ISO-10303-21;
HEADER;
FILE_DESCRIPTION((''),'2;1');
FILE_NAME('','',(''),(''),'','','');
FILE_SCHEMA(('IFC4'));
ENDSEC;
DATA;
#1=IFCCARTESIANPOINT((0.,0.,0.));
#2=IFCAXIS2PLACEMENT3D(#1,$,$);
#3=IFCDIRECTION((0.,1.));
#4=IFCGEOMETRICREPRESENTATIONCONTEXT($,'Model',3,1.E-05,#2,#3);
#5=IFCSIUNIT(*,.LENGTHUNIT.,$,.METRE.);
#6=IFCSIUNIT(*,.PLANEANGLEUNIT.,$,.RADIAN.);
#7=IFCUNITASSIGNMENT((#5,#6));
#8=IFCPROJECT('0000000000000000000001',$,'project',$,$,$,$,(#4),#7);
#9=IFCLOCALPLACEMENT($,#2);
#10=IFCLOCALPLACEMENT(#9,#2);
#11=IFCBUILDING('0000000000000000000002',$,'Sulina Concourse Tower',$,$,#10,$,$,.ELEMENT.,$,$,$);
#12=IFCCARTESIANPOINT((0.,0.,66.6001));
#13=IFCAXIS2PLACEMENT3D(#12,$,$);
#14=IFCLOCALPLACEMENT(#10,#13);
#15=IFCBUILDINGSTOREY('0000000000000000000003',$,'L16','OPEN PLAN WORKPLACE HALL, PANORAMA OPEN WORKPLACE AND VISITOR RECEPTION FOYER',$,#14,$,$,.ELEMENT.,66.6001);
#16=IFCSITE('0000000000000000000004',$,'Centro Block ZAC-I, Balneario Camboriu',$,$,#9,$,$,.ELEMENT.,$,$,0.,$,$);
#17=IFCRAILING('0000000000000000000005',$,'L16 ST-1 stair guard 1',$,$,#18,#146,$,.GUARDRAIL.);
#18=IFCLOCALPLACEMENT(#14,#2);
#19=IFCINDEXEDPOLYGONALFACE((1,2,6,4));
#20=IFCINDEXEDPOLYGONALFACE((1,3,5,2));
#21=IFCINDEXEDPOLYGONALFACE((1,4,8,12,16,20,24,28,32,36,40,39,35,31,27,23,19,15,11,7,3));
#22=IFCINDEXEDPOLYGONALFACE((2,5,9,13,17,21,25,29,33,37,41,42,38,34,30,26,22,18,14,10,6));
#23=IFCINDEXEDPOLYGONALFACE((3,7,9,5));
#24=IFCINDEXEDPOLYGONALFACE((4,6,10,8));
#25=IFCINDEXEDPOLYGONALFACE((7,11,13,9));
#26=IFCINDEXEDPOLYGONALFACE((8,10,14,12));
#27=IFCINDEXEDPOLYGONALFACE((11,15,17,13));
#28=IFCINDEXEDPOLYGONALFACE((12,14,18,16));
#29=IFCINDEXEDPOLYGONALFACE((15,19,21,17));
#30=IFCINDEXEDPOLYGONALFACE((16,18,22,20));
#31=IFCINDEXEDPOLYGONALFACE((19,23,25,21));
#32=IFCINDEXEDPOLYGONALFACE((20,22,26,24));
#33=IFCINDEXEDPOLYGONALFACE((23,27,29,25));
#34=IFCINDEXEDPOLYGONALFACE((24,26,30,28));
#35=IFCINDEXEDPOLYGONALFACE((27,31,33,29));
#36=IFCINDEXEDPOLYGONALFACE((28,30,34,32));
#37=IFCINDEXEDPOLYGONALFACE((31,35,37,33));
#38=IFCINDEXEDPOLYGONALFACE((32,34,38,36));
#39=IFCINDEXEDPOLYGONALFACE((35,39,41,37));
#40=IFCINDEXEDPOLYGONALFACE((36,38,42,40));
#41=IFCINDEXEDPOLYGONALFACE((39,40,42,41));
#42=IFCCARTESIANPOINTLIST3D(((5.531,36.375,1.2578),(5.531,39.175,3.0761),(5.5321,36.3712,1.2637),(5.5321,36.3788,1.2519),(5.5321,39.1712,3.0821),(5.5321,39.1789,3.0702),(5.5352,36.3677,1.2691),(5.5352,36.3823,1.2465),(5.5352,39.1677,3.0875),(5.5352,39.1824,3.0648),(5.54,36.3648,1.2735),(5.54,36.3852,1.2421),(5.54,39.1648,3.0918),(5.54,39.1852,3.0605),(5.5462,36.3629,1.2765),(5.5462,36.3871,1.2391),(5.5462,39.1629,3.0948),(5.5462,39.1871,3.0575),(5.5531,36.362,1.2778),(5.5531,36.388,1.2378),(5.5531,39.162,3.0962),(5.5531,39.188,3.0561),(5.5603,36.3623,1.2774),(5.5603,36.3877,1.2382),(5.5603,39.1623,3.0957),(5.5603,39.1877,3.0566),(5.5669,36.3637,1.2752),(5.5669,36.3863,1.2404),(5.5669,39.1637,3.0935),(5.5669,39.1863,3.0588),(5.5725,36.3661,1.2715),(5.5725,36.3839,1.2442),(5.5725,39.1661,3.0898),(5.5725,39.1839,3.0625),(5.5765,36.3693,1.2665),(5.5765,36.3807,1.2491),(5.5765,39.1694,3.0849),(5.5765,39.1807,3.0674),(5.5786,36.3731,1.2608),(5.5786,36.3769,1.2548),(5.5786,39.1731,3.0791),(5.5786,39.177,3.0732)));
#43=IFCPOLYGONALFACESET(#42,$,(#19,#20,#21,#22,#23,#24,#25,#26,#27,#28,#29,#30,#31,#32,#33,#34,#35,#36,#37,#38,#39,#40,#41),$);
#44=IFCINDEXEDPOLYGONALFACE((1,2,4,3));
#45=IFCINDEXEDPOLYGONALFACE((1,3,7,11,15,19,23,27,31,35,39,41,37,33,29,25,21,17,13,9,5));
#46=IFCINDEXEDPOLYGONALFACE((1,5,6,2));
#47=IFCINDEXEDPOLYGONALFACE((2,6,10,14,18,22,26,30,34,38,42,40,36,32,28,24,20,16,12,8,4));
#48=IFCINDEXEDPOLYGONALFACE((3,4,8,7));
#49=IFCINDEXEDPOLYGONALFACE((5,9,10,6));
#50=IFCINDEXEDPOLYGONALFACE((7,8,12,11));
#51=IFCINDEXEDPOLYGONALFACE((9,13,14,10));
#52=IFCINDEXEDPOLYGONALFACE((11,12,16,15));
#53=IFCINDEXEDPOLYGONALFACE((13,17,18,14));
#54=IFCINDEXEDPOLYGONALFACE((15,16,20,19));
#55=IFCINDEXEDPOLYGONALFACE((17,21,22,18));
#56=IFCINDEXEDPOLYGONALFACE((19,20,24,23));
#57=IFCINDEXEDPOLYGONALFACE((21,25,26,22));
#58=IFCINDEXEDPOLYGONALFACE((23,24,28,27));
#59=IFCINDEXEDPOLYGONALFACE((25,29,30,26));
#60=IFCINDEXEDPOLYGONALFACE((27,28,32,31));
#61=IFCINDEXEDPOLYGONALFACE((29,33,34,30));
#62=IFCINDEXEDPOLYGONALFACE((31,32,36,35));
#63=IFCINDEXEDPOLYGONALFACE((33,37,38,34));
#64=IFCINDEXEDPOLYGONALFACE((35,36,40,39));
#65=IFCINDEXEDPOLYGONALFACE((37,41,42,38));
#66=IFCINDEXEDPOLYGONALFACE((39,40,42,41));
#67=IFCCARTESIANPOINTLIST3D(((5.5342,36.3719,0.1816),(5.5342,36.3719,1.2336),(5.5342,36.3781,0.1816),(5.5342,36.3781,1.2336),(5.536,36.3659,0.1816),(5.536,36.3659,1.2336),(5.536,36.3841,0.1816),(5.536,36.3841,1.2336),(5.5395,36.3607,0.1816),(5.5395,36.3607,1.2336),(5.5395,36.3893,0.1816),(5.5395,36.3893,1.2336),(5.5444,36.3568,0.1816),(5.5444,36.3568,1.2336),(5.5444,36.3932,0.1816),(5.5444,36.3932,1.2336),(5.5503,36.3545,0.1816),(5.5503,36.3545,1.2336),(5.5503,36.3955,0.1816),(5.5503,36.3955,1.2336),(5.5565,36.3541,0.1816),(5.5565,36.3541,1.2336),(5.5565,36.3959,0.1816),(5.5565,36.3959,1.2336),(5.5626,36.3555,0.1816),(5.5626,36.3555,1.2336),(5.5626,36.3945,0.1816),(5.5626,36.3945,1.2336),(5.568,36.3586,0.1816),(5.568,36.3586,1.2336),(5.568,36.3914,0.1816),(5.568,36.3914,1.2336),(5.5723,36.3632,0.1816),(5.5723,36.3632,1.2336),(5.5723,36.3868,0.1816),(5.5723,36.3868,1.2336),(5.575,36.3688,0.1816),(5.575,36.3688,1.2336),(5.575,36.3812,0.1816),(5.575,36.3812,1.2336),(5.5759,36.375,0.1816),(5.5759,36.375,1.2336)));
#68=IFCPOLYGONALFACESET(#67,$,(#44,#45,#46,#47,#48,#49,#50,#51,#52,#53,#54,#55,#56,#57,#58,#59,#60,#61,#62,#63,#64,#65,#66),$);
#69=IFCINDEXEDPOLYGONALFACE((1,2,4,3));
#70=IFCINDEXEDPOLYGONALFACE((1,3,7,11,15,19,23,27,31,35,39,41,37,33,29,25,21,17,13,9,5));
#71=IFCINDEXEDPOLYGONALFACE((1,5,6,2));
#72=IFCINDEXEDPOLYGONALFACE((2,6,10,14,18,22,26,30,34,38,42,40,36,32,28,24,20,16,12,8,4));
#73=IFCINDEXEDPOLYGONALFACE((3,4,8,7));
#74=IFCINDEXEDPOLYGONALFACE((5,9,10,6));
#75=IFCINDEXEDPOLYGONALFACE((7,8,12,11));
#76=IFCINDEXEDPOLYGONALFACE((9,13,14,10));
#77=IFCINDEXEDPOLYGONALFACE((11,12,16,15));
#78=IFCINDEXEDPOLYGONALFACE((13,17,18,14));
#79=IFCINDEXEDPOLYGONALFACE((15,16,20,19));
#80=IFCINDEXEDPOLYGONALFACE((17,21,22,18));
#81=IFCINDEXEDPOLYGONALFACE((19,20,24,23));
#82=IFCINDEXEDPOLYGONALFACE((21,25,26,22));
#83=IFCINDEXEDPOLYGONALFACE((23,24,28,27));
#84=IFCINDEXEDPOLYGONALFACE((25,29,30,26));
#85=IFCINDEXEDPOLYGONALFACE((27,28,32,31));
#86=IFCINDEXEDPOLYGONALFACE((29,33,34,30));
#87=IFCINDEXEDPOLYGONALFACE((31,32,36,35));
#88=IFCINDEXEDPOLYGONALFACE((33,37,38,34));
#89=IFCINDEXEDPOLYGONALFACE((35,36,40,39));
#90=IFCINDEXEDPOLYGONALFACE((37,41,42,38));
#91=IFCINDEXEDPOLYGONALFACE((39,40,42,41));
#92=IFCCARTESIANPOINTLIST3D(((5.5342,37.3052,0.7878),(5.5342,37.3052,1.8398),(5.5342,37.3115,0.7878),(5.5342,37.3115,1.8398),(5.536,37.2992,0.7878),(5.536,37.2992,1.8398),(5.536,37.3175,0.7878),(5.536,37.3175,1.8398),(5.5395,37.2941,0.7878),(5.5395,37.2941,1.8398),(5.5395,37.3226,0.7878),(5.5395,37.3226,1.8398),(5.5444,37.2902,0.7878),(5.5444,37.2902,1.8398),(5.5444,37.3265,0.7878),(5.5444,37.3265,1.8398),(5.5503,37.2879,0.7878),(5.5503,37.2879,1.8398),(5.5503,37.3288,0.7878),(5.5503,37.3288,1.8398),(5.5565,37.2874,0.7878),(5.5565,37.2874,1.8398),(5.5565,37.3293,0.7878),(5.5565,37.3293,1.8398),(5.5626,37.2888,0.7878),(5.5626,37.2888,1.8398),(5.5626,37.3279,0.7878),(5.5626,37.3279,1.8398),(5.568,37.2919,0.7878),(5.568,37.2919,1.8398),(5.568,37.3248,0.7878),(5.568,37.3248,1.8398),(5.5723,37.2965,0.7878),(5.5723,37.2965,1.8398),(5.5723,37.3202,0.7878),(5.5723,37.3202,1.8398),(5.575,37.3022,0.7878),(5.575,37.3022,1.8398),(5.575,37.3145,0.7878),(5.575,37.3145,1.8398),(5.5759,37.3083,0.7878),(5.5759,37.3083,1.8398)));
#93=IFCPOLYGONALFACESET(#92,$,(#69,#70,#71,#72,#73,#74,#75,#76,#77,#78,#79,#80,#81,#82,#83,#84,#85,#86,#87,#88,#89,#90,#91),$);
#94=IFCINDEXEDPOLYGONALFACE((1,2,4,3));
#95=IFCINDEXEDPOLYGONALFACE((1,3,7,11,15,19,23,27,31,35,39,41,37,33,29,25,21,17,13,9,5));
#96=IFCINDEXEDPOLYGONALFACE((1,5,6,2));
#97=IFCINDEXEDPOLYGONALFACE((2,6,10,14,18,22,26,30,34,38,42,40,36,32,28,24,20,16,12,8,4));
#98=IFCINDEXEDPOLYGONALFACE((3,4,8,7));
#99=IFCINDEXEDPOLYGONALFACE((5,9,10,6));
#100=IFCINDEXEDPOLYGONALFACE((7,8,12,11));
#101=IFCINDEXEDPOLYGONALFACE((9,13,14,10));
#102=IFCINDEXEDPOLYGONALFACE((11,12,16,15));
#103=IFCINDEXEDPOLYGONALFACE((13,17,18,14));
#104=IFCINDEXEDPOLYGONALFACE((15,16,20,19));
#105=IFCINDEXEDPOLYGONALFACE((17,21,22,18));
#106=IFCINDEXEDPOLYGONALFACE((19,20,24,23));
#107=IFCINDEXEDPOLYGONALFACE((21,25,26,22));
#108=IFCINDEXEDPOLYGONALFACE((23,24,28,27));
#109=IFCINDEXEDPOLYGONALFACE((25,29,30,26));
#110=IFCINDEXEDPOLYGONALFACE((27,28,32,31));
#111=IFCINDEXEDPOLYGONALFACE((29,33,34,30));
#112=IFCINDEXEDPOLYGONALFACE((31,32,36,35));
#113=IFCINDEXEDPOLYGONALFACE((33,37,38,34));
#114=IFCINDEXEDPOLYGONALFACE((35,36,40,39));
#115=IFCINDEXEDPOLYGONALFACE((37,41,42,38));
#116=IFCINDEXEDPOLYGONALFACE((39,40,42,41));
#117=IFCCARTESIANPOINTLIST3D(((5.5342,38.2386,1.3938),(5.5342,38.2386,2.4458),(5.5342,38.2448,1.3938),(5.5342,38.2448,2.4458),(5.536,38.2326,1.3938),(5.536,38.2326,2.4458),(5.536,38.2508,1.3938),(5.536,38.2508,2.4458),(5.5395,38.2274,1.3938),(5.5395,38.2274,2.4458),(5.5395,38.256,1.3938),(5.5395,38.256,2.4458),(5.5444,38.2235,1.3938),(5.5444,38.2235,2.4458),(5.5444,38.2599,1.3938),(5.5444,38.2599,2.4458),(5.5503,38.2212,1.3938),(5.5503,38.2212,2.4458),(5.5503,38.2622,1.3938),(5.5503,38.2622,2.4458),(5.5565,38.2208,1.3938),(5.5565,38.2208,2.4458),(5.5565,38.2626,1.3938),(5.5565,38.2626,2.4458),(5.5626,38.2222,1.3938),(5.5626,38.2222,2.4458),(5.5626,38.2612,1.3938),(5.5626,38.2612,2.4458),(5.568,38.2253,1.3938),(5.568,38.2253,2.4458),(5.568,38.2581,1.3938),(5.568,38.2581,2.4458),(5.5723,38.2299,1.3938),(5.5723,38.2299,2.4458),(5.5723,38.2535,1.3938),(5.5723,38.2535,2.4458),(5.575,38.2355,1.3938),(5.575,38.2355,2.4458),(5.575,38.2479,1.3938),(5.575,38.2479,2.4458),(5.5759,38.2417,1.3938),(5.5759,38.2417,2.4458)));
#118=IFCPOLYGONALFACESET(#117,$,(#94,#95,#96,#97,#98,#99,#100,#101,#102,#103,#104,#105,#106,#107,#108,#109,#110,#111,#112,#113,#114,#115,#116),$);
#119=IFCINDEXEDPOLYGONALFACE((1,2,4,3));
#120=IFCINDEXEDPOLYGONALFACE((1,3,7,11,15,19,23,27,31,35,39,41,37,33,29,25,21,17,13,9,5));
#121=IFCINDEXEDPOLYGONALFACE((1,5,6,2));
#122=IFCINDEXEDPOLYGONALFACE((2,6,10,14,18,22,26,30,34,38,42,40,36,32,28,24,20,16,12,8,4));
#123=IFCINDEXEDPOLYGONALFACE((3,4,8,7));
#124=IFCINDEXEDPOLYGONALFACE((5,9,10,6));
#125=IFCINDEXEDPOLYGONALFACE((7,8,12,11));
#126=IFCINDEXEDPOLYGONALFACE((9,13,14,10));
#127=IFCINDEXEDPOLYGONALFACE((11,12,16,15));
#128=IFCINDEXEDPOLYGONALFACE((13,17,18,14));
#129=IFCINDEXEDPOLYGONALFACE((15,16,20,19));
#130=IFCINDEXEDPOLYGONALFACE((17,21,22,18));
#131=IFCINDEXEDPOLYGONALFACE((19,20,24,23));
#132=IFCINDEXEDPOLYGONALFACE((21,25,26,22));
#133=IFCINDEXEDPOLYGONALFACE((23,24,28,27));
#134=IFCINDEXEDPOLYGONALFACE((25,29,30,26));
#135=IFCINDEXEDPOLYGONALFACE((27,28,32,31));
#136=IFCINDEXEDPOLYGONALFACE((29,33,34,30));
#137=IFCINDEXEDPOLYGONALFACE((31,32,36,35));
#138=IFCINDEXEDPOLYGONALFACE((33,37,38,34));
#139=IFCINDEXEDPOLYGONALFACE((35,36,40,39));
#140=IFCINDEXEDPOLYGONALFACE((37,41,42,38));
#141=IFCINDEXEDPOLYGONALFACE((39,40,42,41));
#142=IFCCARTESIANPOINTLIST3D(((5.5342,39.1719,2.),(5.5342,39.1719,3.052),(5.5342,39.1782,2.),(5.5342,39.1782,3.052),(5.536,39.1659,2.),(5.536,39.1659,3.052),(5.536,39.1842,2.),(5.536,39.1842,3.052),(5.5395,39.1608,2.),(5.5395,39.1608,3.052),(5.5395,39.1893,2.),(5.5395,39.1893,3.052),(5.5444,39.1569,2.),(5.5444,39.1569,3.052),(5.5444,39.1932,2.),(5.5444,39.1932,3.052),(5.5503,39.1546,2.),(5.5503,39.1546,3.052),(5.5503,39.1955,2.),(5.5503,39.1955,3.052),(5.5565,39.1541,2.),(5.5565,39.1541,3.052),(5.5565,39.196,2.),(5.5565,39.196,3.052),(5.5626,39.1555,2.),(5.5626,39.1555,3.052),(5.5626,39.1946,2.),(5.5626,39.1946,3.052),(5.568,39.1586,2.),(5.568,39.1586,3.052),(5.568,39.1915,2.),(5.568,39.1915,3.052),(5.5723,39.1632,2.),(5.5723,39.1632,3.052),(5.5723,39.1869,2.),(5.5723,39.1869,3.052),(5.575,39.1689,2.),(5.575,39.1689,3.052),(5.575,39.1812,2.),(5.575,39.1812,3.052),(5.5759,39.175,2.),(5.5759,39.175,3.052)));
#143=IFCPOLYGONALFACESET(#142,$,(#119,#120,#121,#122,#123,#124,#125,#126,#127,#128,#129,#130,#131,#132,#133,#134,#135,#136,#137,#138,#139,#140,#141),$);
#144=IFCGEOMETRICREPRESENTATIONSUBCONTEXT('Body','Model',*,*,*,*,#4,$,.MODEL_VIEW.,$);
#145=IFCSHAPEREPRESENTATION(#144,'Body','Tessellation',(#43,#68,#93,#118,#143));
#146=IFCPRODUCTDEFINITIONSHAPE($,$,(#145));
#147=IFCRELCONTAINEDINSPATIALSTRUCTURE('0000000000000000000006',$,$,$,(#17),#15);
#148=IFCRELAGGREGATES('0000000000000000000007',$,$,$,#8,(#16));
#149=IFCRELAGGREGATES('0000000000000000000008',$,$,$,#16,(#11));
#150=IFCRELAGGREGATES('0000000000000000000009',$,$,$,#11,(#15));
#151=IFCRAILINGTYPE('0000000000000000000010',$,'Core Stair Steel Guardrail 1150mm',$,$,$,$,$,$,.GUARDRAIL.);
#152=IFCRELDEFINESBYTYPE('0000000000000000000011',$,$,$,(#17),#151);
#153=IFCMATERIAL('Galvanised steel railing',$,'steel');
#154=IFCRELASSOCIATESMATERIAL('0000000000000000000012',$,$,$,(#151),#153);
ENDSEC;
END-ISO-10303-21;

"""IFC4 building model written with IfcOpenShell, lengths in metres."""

from ifc_helpers import new_model, si_unit, direction, frame, origin, origin_2d, place, context, subcontext, project, spatial, circle, extrude, material, type_object, element, save


model = new_model("IFC4")

# Units and contexts
model_context = context("Model", 3, precision=1e-05, world=origin(), true_north=direction((0.0, 1.0)))
body_context = subcontext(model_context, "Body", "Model", "MODEL_VIEW")
ifc_project = project(units=[si_unit("LENGTHUNIT", "METRE"), si_unit("PLANEANGLEUNIT", "RADIAN")], contexts=[model_context])

# Site, building, storey
site_placement = place(None, origin())
site = spatial("IfcSite", under=ifc_project, at=site_placement, Name="Centro Block ZAC-I, Balneario Camboriu", CompositionType="ELEMENT", RefElevation=0.0)
building_placement = place(site_placement, origin())
building = spatial("IfcBuilding", under=site, at=building_placement, Name="Sulina Concourse Tower", CompositionType="ELEMENT")
storey_placement = place(building_placement, frame((0.0, 0.0, 66.6001)))
storey = spatial("IfcBuildingStorey", under=building, at=storey_placement, Name="L16", Description="OPEN PLAN WORKPLACE HALL, PANORAMA OPEN WORKPLACE AND VISITOR RECEPTION FOYER", CompositionType="ELEMENT", Elevation=66.6001)

# Railing
ifc_material_1 = material(Name="Galvanised steel railing", Category="steel")
railing_type_1 = type_object("IfcRailingType", Name="Core Stair Steel Guardrail 1150mm", PredefinedType="GUARDRAIL", material=ifc_material_1)
railing_1_placement = place(storey_placement, frame((5.5549, 36.375, 0.1816)))
element("IfcRailing", 1, at=railing_1_placement, inside=storey, type_object=railing_type_1, Name="L16 ST-1 stair guard 1", PredefinedType="GUARDRAIL", context=body_context, shape_type="SweptSolid", body=[
    extrude(circle(Radius=0.0239, at=origin_2d()), frame((0.0, 0.0, 1.0762), z_axis=(0.0, 0.838672, 0.544636), x_axis=(-1.0, 0.0, 0.0)), (0.0, 0.0, 1.0), 3.3386),
    extrude(circle(Radius=0.021, at=origin_2d()), origin(), (0.0, 0.0, 1.0), 1.052),
    extrude(circle(Radius=0.021, at=origin_2d()), frame((0.0, 0.9333, 0.6062)), (0.0, 0.0, 1.0), 1.052),
    extrude(circle(Radius=0.021, at=origin_2d()), frame((0.0, 1.8667, 1.2122)), (0.0, 0.0, 1.0), 1.052),
    extrude(circle(Radius=0.021, at=origin_2d()), frame((0.0, 2.8, 1.8184)), (0.0, 0.0, 1.0), 1.052),
])

save(model, "model.ifc")
